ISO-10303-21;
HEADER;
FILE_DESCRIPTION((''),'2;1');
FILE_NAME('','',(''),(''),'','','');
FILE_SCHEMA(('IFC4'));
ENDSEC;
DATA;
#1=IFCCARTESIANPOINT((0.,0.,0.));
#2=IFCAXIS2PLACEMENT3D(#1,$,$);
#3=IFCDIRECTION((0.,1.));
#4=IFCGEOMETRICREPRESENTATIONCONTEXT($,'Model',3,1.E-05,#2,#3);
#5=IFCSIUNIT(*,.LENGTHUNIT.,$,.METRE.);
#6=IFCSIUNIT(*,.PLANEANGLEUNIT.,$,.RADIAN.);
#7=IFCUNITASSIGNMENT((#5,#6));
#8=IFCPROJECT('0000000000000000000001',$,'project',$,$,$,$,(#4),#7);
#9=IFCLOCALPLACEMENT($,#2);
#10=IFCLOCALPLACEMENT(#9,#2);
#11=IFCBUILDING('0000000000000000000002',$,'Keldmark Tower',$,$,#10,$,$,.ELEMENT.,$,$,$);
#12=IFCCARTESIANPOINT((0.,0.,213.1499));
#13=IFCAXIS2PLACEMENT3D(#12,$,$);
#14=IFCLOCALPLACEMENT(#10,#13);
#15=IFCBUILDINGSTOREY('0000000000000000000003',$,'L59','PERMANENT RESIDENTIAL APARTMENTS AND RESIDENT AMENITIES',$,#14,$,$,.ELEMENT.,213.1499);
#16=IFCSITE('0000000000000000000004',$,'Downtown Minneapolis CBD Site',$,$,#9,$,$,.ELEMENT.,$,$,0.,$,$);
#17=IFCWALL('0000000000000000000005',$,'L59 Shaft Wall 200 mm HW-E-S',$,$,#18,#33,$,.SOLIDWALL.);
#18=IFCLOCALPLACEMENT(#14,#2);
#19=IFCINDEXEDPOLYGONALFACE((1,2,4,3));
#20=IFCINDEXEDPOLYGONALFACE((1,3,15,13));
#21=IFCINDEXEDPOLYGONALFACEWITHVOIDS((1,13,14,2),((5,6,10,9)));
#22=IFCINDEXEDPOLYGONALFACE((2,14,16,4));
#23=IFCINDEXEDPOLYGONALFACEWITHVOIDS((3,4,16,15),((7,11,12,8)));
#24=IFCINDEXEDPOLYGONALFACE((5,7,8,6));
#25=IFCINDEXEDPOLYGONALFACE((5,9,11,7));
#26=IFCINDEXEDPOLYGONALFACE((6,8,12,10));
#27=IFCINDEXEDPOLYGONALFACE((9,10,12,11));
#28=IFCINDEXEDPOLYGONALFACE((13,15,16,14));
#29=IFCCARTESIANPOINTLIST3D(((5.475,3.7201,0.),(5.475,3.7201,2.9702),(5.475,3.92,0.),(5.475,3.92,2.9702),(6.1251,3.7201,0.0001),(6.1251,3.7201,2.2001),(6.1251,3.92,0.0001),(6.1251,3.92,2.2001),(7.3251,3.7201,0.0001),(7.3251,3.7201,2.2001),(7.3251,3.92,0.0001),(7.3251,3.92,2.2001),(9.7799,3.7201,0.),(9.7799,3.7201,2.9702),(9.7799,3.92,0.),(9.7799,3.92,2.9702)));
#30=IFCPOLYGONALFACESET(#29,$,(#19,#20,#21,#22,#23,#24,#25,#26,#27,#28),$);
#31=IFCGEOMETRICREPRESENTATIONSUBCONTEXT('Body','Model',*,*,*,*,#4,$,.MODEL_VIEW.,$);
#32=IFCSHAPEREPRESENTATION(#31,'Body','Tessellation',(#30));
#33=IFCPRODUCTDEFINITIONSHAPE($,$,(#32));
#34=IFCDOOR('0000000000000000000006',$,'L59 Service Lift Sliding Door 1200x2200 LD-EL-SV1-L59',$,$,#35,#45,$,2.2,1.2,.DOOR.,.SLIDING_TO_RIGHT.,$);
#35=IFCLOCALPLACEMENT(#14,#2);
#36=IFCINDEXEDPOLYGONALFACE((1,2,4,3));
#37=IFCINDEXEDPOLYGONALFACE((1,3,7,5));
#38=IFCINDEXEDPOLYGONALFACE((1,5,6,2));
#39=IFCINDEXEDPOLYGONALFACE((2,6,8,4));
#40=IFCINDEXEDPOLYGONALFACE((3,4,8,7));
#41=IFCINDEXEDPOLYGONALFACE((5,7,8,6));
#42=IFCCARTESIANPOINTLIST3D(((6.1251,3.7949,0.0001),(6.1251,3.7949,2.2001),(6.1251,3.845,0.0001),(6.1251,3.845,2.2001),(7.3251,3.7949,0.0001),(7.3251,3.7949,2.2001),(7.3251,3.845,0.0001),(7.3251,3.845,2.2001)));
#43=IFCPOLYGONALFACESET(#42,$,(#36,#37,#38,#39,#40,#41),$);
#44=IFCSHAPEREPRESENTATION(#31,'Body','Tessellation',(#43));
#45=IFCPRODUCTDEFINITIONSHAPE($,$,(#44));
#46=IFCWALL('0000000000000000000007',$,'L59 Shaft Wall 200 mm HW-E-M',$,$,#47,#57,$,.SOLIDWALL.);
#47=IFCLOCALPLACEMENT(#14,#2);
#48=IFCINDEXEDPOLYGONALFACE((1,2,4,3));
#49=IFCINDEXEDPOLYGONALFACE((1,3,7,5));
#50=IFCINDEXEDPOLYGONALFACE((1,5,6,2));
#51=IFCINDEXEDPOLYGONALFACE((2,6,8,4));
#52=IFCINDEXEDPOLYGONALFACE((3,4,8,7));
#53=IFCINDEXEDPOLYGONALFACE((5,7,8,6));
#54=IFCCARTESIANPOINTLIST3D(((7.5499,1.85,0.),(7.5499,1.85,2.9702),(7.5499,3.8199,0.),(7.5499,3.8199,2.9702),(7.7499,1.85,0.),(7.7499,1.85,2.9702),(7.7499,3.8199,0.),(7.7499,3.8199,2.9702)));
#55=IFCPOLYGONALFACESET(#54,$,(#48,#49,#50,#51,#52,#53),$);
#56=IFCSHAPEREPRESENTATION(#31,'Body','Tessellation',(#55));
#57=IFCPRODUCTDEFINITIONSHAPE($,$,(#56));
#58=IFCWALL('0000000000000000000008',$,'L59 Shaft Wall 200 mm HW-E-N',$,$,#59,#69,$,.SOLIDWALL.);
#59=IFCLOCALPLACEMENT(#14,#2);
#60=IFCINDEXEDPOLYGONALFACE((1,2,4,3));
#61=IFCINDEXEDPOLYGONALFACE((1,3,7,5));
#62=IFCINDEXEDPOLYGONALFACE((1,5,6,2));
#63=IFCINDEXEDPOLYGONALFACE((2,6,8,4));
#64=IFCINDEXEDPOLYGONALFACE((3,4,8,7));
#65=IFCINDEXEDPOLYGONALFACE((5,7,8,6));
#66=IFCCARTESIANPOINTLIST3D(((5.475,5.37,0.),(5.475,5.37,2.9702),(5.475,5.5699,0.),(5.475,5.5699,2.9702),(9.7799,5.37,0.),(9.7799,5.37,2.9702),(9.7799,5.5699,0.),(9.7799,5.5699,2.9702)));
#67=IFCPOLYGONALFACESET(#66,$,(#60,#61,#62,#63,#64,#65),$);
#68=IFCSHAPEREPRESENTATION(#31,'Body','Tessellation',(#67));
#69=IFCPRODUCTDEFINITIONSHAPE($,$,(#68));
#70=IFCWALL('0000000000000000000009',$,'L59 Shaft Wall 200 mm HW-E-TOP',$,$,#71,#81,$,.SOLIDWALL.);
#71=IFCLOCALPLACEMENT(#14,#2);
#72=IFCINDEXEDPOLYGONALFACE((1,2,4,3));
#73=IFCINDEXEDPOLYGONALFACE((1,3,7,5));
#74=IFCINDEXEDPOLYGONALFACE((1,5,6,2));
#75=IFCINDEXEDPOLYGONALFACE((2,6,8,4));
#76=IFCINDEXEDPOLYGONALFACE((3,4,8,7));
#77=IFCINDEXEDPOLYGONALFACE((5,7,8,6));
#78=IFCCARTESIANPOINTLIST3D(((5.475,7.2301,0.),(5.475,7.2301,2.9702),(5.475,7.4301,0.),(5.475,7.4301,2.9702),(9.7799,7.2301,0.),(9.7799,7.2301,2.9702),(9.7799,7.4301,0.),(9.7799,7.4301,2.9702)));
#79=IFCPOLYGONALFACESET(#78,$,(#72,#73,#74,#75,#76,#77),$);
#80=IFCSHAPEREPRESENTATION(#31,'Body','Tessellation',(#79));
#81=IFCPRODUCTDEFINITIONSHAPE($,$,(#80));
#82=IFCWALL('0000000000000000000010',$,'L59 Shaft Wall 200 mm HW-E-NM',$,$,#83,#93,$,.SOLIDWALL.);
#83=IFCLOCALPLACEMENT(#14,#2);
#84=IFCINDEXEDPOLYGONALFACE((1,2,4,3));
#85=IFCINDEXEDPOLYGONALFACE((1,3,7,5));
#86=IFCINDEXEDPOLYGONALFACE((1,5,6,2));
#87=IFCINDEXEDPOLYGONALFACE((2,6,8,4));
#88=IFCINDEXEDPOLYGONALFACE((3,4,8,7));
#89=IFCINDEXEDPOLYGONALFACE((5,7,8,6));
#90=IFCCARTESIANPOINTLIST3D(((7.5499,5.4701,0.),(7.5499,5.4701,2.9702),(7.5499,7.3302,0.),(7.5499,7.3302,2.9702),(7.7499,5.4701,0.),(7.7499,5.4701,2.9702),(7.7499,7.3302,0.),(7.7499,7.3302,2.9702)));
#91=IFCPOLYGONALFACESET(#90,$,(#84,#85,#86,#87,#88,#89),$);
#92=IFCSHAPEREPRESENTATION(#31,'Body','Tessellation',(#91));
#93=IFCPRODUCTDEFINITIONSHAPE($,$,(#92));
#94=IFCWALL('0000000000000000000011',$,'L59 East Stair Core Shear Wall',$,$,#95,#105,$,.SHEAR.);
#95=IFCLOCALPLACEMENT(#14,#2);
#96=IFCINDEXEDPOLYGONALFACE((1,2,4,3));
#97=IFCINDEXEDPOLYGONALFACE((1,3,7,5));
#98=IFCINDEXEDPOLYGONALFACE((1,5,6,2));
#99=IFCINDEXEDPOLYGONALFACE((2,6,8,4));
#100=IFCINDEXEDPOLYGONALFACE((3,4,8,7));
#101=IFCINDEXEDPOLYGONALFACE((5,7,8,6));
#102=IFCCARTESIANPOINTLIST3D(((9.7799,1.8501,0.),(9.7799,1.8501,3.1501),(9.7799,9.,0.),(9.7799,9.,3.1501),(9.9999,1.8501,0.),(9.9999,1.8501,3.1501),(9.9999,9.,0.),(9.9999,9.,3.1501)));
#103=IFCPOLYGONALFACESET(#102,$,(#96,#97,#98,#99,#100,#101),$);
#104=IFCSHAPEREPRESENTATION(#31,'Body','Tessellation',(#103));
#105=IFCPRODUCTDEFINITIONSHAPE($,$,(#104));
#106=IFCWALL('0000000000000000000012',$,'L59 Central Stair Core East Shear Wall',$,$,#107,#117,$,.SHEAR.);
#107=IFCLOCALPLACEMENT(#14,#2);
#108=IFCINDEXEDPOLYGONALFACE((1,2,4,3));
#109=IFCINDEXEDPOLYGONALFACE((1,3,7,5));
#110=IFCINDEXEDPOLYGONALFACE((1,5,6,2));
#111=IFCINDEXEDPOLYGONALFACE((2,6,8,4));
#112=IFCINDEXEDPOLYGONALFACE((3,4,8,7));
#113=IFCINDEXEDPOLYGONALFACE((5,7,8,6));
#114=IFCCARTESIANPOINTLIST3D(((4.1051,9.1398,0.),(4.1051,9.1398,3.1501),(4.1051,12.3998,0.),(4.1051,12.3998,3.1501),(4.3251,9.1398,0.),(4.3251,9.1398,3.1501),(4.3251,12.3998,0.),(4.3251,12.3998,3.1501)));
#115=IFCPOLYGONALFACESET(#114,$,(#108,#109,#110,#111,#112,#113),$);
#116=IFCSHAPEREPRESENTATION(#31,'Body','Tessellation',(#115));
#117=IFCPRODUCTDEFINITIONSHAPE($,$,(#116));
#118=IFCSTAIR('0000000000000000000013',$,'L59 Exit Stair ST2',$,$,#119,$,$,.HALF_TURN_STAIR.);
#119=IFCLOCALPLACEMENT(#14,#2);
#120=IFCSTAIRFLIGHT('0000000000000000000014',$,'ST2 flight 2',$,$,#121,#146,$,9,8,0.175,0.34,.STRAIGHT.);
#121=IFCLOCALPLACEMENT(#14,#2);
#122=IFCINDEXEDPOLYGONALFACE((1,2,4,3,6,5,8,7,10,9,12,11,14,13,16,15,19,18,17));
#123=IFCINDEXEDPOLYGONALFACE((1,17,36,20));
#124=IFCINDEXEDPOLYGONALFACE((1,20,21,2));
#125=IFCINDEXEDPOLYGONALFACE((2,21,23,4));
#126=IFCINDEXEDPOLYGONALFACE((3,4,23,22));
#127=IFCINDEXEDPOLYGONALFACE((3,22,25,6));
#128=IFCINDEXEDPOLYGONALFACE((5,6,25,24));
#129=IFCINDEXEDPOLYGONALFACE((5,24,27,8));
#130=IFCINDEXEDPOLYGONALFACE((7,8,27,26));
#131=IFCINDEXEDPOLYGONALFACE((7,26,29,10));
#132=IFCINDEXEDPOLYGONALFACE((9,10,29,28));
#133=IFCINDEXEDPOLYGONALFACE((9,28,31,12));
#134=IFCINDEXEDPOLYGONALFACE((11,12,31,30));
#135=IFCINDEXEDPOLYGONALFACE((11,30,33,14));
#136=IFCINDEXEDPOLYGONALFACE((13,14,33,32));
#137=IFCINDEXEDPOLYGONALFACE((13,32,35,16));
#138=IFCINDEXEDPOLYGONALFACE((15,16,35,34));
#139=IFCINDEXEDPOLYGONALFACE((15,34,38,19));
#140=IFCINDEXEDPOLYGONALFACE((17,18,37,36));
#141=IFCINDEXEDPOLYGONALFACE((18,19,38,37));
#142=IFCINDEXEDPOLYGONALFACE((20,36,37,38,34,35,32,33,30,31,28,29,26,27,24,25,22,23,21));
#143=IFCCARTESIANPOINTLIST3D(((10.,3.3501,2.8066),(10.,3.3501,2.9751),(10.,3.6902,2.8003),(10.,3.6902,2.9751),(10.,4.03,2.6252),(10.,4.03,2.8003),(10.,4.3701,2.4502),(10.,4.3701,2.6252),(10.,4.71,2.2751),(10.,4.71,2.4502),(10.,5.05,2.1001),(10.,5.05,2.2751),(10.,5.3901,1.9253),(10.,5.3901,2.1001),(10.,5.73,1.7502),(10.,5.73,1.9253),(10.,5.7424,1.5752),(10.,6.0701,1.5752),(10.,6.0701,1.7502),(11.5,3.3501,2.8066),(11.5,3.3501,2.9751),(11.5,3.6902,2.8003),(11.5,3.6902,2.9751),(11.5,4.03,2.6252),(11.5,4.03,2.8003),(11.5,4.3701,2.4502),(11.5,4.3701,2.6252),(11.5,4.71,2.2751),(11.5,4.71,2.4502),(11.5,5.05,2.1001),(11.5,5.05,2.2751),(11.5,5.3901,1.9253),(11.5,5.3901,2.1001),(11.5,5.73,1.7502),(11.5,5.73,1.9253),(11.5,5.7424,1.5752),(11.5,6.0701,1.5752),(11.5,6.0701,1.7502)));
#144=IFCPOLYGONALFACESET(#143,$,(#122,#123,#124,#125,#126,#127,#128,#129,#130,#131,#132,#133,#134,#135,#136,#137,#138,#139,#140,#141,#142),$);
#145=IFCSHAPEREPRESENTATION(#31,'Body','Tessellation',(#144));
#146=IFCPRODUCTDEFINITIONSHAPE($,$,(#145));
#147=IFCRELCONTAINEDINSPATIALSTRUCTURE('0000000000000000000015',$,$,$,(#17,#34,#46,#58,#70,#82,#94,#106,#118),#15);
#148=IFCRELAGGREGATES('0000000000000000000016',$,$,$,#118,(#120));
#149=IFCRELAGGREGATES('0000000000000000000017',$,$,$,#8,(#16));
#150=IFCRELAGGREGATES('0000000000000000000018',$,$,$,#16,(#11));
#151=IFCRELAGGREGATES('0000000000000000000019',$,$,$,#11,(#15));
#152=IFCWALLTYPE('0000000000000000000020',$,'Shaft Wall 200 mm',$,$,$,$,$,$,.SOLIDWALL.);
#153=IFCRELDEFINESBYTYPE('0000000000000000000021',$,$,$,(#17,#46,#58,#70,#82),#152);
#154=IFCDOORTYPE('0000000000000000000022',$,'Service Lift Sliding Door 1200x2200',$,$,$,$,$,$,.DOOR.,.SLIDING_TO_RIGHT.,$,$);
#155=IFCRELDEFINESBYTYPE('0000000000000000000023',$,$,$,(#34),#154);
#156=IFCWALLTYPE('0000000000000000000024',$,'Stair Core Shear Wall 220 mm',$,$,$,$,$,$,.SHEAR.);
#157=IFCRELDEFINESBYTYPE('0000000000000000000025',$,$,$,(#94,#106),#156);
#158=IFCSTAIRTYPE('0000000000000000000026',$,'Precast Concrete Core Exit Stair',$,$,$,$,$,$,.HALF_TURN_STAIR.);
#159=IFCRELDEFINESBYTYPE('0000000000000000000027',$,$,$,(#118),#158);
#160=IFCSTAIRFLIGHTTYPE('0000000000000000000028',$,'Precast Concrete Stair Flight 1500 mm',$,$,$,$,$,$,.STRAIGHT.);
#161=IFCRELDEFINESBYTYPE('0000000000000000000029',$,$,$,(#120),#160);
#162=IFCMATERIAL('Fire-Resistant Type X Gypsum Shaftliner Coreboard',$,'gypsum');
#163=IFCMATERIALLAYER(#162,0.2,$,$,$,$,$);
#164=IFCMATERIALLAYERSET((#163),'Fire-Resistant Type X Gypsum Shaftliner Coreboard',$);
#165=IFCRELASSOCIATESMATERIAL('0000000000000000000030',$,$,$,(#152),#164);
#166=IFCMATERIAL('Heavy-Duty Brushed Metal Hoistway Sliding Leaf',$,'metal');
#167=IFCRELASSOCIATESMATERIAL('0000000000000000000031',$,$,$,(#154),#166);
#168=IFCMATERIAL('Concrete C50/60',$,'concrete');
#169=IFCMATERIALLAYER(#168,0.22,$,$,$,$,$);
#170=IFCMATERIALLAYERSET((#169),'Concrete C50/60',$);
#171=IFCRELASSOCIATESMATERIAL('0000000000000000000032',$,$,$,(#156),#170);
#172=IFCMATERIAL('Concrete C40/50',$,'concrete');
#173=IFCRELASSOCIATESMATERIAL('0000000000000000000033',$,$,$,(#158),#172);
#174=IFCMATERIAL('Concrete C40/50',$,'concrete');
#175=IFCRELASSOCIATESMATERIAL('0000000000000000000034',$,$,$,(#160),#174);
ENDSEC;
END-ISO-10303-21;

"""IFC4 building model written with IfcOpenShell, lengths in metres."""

from ifc_helpers import new_model, si_unit, direction, frame, frame_2d, origin, place, context, subcontext, project, spatial, polyline, rectangle, outline, extrude, material, layer, layer_set, type_object, element, fill, aggregate, save


model = new_model("IFC4")

# Units and contexts
model_context = context("Model", 3, precision=1e-05, world=origin(), true_north=direction((0.0, 1.0)))
body_context = subcontext(model_context, "Body", "Model", "MODEL_VIEW")
ifc_project = project(units=[si_unit("LENGTHUNIT", "METRE"), si_unit("PLANEANGLEUNIT", "RADIAN")], contexts=[model_context])

# Site, building, storey
site_placement = place(None, origin())
site = spatial("IfcSite", under=ifc_project, at=site_placement, Name="Downtown Minneapolis CBD Site", CompositionType="ELEMENT", RefElevation=0.0)
building_placement = place(site_placement, origin())
building = spatial("IfcBuilding", under=site, at=building_placement, Name="Keldmark Tower", CompositionType="ELEMENT")
storey_placement = place(building_placement, frame((0.0, 0.0, 213.1499)))
storey = spatial("IfcBuildingStorey", under=building, at=storey_placement, Name="L59", Description="PERMANENT RESIDENTIAL APARTMENTS AND RESIDENT AMENITIES", CompositionType="ELEMENT", Elevation=213.1499)

# Wall, opening, door
ifc_material_1 = material(Name="Fire-Resistant Type X Gypsum Shaftliner Coreboard", Category="gypsum")
ifc_layer_1 = layer(ifc_material_1, 0.2)
ifc_layer_set_1 = layer_set([ifc_layer_1], Name="Fire-Resistant Type X Gypsum Shaftliner Coreboard")
wall_type_1 = type_object("IfcWallType", Name="Shaft Wall 200 mm", PredefinedType="SOLIDWALL", material=ifc_layer_set_1)
wall_1_placement = place(storey_placement, frame((5.4751, 3.8201, 0.0), z_axis=(0.0, 0.0, 1.0), x_axis=(1.0, 0.0, 0.0)))
wall_1 = element("IfcWall", 1, at=wall_1_placement, inside=storey, type_object=wall_type_1, Name="L59 Shaft Wall 200 mm HW-E-S", PredefinedType="SOLIDWALL", context=body_context, shape_type="SweptSolid", body=[
    extrude(rectangle(XDim=4.3049, YDim=0.2, at=frame_2d((2.1523, 0.0))), origin(), (0.0, 0.0, 1.0), 2.9702),
])
opening_1_placement = place(wall_1_placement, frame((0.6499, 0.0, 0.0)))
opening_1 = element("IfcOpeningElement", 2, at=opening_1_placement, cuts=wall_1, PredefinedType="OPENING", context=body_context, shape_type="SweptSolid", body=[
    extrude(rectangle(XDim=1.2, YDim=2.2, at=frame_2d((0.6001, 1.1001))), frame((0.0, 0.1099, 0.0), z_axis=(0.0, -1.0, 0.0), x_axis=(1.0, 0.0, 0.0)), (0.0, 0.0, 1.0), 0.22),
])
ifc_material_2 = material(Name="Heavy-Duty Brushed Metal Hoistway Sliding Leaf", Category="metal")
door_type_1 = type_object("IfcDoorType", Name="Service Lift Sliding Door 1200x2200", OperationType="SLIDING_TO_RIGHT", PredefinedType="DOOR", material=ifc_material_2)
door_1_placement = place(opening_1_placement, origin())
door_1 = element("IfcDoor", 3, at=door_1_placement, inside=storey, type_object=door_type_1, Name="L59 Service Lift Sliding Door 1200x2200 LD-EL-SV1-L59", OperationType="SLIDING_TO_RIGHT", OverallHeight=2.2, OverallWidth=1.2, PredefinedType="DOOR", context=body_context, shape_type="SweptSolid", body=[
    extrude(rectangle(XDim=1.2, YDim=2.2, at=frame_2d((0.6001, 1.1001))), frame((0.0, 0.0249, 0.0), z_axis=(0.0, -1.0, 0.0), x_axis=(1.0, 0.0, 0.0)), (0.0, 0.0, 1.0), 0.05),
])
fill(opening_1, door_1)

# Walls
wall_2_placement = place(storey_placement, frame((7.6499, 1.8501, 0.0), z_axis=(0.0, 0.0, 1.0), x_axis=(0.0, 1.0, 0.0)))
element("IfcWall", 4, at=wall_2_placement, inside=storey, type_object=wall_type_1, Name="L59 Shaft Wall 200 mm HW-E-M", PredefinedType="SOLIDWALL", context=body_context, shape_type="SweptSolid", body=[
    extrude(rectangle(XDim=1.97, YDim=0.2, at=frame_2d((0.9849, 0.0))), origin(), (0.0, 0.0, 1.0), 2.9702),
])
for number, where, z_axis, x_axis, name in (
    (5, (5.4751, 5.47, 0.0), (0.0, 0.0, 1.0), (1.0, 0.0, 0.0), "L59 Shaft Wall 200 mm HW-E-N"),
    (6, (5.4751, 7.3301, 0.0), (0.0, 0.0, 1.0), (1.0, 0.0, 0.0), "L59 Shaft Wall 200 mm HW-E-TOP"),
):
    element("IfcWall", number, at=place(storey_placement, frame(where, z_axis=z_axis, x_axis=x_axis)), inside=storey, type_object=wall_type_1, Name=name, PredefinedType="SOLIDWALL", context=body_context, shape_type="SweptSolid", body=[
        extrude(rectangle(XDim=4.3049, YDim=0.2, at=frame_2d((2.1523, 0.0))), origin(), (0.0, 0.0, 1.0), 2.9702),
    ])
wall_3_placement = place(storey_placement, frame((7.6499, 5.47, 0.0), z_axis=(0.0, 0.0, 1.0), x_axis=(0.0, 1.0, 0.0)))
element("IfcWall", 7, at=wall_3_placement, inside=storey, type_object=wall_type_1, Name="L59 Shaft Wall 200 mm HW-E-NM", PredefinedType="SOLIDWALL", context=body_context, shape_type="SweptSolid", body=[
    extrude(rectangle(XDim=1.8601, YDim=0.2, at=frame_2d((0.9302, 0.0))), origin(), (0.0, 0.0, 1.0), 2.9702),
])
ifc_material_3 = material(Name="Concrete C50/60", Category="concrete")
ifc_layer_2 = layer(ifc_material_3, 0.22)
ifc_layer_set_2 = layer_set([ifc_layer_2], Name="Concrete C50/60")
wall_type_2 = type_object("IfcWallType", Name="Stair Core Shear Wall 220 mm", PredefinedType="SHEAR", material=ifc_layer_set_2)
wall_4_placement = place(storey_placement, frame((9.8899, 1.8501, 0.0), z_axis=(0.0, 0.0, 1.0), x_axis=(0.0, 1.0, 0.0)))
element("IfcWall", 8, at=wall_4_placement, inside=storey, type_object=wall_type_2, Name="L59 East Stair Core Shear Wall", PredefinedType="SHEAR", context=body_context, shape_type="SweptSolid", body=[
    extrude(rectangle(XDim=7.1499, YDim=0.22, at=frame_2d((3.575, 0.0))), origin(), (0.0, 0.0, 1.0), 3.1501),
])
wall_5_placement = place(storey_placement, frame((4.2151, 9.1399, 0.0), z_axis=(0.0, 0.0, 1.0), x_axis=(0.0, 1.0, 0.0)))
element("IfcWall", 9, at=wall_5_placement, inside=storey, type_object=wall_type_2, Name="L59 Central Stair Core East Shear Wall", PredefinedType="SHEAR", context=body_context, shape_type="SweptSolid", body=[
    extrude(rectangle(XDim=3.26, YDim=0.22, at=frame_2d((1.6299, 0.0))), origin(), (0.0, 0.0, 1.0), 3.1501),
])

# Stair, stair flight
ifc_material_4 = material(Name="Concrete C40/50", Category="concrete")
stair_type = type_object("IfcStairType", Name="Precast Concrete Core Exit Stair", PredefinedType="HALF_TURN_STAIR", material=ifc_material_4)
stair_placement = place(storey_placement, origin())
stair = element("IfcStair", 10, at=stair_placement, inside=storey, type_object=stair_type, Name="L59 Exit Stair ST2", PredefinedType="HALF_TURN_STAIR")
ifc_material_5 = material(Name="Concrete C40/50", Category="concrete")
stair_flight_type = type_object("IfcStairFlightType", Name="Precast Concrete Stair Flight 1500 mm", PredefinedType="STRAIGHT", material=ifc_material_5)
stair_flight_placement = place(storey_placement, frame((10.75, 6.0701, 1.5752), z_axis=(0.0, 0.0, 1.0), x_axis=(0.0, -1.0, 0.0)))
stair_flight = element("IfcStairFlight", 11, at=stair_flight_placement, type_object=stair_flight_type, Name="ST2 flight 2", NumberOfRisers=9, NumberOfTreads=8, PredefinedType="STRAIGHT", RiserHeight=0.175, TreadLength=0.34, context=body_context, shape_type="SweptSolid", body=[
    extrude(outline(polyline([(0.0, 0.0), (0.0, 0.175), (0.3401, 0.175), (0.3401, 0.3501), (0.6799, 0.3501), (0.6799, 0.5249), (1.02, 0.5249), (1.02, 0.7), (1.3601, 0.7), (1.3601, 0.875), (1.7, 0.875), (1.7, 1.05), (2.04, 1.05), (2.04, 1.2251), (2.3799, 1.2251), (2.3799, 1.3999), (2.72, 1.3999), (2.72, 1.575), (2.72, 1.2314), (0.3276, 0.0), (0.0, 0.0)])), frame((0.0, 0.75, 0.0), z_axis=(0.0, -1.0, 0.0), x_axis=(1.0, 0.0, 0.0)), (0.0, 0.0, 1.0), 1.5),
])
aggregate(stair, [stair_flight])

save(model, "model.ifc")
